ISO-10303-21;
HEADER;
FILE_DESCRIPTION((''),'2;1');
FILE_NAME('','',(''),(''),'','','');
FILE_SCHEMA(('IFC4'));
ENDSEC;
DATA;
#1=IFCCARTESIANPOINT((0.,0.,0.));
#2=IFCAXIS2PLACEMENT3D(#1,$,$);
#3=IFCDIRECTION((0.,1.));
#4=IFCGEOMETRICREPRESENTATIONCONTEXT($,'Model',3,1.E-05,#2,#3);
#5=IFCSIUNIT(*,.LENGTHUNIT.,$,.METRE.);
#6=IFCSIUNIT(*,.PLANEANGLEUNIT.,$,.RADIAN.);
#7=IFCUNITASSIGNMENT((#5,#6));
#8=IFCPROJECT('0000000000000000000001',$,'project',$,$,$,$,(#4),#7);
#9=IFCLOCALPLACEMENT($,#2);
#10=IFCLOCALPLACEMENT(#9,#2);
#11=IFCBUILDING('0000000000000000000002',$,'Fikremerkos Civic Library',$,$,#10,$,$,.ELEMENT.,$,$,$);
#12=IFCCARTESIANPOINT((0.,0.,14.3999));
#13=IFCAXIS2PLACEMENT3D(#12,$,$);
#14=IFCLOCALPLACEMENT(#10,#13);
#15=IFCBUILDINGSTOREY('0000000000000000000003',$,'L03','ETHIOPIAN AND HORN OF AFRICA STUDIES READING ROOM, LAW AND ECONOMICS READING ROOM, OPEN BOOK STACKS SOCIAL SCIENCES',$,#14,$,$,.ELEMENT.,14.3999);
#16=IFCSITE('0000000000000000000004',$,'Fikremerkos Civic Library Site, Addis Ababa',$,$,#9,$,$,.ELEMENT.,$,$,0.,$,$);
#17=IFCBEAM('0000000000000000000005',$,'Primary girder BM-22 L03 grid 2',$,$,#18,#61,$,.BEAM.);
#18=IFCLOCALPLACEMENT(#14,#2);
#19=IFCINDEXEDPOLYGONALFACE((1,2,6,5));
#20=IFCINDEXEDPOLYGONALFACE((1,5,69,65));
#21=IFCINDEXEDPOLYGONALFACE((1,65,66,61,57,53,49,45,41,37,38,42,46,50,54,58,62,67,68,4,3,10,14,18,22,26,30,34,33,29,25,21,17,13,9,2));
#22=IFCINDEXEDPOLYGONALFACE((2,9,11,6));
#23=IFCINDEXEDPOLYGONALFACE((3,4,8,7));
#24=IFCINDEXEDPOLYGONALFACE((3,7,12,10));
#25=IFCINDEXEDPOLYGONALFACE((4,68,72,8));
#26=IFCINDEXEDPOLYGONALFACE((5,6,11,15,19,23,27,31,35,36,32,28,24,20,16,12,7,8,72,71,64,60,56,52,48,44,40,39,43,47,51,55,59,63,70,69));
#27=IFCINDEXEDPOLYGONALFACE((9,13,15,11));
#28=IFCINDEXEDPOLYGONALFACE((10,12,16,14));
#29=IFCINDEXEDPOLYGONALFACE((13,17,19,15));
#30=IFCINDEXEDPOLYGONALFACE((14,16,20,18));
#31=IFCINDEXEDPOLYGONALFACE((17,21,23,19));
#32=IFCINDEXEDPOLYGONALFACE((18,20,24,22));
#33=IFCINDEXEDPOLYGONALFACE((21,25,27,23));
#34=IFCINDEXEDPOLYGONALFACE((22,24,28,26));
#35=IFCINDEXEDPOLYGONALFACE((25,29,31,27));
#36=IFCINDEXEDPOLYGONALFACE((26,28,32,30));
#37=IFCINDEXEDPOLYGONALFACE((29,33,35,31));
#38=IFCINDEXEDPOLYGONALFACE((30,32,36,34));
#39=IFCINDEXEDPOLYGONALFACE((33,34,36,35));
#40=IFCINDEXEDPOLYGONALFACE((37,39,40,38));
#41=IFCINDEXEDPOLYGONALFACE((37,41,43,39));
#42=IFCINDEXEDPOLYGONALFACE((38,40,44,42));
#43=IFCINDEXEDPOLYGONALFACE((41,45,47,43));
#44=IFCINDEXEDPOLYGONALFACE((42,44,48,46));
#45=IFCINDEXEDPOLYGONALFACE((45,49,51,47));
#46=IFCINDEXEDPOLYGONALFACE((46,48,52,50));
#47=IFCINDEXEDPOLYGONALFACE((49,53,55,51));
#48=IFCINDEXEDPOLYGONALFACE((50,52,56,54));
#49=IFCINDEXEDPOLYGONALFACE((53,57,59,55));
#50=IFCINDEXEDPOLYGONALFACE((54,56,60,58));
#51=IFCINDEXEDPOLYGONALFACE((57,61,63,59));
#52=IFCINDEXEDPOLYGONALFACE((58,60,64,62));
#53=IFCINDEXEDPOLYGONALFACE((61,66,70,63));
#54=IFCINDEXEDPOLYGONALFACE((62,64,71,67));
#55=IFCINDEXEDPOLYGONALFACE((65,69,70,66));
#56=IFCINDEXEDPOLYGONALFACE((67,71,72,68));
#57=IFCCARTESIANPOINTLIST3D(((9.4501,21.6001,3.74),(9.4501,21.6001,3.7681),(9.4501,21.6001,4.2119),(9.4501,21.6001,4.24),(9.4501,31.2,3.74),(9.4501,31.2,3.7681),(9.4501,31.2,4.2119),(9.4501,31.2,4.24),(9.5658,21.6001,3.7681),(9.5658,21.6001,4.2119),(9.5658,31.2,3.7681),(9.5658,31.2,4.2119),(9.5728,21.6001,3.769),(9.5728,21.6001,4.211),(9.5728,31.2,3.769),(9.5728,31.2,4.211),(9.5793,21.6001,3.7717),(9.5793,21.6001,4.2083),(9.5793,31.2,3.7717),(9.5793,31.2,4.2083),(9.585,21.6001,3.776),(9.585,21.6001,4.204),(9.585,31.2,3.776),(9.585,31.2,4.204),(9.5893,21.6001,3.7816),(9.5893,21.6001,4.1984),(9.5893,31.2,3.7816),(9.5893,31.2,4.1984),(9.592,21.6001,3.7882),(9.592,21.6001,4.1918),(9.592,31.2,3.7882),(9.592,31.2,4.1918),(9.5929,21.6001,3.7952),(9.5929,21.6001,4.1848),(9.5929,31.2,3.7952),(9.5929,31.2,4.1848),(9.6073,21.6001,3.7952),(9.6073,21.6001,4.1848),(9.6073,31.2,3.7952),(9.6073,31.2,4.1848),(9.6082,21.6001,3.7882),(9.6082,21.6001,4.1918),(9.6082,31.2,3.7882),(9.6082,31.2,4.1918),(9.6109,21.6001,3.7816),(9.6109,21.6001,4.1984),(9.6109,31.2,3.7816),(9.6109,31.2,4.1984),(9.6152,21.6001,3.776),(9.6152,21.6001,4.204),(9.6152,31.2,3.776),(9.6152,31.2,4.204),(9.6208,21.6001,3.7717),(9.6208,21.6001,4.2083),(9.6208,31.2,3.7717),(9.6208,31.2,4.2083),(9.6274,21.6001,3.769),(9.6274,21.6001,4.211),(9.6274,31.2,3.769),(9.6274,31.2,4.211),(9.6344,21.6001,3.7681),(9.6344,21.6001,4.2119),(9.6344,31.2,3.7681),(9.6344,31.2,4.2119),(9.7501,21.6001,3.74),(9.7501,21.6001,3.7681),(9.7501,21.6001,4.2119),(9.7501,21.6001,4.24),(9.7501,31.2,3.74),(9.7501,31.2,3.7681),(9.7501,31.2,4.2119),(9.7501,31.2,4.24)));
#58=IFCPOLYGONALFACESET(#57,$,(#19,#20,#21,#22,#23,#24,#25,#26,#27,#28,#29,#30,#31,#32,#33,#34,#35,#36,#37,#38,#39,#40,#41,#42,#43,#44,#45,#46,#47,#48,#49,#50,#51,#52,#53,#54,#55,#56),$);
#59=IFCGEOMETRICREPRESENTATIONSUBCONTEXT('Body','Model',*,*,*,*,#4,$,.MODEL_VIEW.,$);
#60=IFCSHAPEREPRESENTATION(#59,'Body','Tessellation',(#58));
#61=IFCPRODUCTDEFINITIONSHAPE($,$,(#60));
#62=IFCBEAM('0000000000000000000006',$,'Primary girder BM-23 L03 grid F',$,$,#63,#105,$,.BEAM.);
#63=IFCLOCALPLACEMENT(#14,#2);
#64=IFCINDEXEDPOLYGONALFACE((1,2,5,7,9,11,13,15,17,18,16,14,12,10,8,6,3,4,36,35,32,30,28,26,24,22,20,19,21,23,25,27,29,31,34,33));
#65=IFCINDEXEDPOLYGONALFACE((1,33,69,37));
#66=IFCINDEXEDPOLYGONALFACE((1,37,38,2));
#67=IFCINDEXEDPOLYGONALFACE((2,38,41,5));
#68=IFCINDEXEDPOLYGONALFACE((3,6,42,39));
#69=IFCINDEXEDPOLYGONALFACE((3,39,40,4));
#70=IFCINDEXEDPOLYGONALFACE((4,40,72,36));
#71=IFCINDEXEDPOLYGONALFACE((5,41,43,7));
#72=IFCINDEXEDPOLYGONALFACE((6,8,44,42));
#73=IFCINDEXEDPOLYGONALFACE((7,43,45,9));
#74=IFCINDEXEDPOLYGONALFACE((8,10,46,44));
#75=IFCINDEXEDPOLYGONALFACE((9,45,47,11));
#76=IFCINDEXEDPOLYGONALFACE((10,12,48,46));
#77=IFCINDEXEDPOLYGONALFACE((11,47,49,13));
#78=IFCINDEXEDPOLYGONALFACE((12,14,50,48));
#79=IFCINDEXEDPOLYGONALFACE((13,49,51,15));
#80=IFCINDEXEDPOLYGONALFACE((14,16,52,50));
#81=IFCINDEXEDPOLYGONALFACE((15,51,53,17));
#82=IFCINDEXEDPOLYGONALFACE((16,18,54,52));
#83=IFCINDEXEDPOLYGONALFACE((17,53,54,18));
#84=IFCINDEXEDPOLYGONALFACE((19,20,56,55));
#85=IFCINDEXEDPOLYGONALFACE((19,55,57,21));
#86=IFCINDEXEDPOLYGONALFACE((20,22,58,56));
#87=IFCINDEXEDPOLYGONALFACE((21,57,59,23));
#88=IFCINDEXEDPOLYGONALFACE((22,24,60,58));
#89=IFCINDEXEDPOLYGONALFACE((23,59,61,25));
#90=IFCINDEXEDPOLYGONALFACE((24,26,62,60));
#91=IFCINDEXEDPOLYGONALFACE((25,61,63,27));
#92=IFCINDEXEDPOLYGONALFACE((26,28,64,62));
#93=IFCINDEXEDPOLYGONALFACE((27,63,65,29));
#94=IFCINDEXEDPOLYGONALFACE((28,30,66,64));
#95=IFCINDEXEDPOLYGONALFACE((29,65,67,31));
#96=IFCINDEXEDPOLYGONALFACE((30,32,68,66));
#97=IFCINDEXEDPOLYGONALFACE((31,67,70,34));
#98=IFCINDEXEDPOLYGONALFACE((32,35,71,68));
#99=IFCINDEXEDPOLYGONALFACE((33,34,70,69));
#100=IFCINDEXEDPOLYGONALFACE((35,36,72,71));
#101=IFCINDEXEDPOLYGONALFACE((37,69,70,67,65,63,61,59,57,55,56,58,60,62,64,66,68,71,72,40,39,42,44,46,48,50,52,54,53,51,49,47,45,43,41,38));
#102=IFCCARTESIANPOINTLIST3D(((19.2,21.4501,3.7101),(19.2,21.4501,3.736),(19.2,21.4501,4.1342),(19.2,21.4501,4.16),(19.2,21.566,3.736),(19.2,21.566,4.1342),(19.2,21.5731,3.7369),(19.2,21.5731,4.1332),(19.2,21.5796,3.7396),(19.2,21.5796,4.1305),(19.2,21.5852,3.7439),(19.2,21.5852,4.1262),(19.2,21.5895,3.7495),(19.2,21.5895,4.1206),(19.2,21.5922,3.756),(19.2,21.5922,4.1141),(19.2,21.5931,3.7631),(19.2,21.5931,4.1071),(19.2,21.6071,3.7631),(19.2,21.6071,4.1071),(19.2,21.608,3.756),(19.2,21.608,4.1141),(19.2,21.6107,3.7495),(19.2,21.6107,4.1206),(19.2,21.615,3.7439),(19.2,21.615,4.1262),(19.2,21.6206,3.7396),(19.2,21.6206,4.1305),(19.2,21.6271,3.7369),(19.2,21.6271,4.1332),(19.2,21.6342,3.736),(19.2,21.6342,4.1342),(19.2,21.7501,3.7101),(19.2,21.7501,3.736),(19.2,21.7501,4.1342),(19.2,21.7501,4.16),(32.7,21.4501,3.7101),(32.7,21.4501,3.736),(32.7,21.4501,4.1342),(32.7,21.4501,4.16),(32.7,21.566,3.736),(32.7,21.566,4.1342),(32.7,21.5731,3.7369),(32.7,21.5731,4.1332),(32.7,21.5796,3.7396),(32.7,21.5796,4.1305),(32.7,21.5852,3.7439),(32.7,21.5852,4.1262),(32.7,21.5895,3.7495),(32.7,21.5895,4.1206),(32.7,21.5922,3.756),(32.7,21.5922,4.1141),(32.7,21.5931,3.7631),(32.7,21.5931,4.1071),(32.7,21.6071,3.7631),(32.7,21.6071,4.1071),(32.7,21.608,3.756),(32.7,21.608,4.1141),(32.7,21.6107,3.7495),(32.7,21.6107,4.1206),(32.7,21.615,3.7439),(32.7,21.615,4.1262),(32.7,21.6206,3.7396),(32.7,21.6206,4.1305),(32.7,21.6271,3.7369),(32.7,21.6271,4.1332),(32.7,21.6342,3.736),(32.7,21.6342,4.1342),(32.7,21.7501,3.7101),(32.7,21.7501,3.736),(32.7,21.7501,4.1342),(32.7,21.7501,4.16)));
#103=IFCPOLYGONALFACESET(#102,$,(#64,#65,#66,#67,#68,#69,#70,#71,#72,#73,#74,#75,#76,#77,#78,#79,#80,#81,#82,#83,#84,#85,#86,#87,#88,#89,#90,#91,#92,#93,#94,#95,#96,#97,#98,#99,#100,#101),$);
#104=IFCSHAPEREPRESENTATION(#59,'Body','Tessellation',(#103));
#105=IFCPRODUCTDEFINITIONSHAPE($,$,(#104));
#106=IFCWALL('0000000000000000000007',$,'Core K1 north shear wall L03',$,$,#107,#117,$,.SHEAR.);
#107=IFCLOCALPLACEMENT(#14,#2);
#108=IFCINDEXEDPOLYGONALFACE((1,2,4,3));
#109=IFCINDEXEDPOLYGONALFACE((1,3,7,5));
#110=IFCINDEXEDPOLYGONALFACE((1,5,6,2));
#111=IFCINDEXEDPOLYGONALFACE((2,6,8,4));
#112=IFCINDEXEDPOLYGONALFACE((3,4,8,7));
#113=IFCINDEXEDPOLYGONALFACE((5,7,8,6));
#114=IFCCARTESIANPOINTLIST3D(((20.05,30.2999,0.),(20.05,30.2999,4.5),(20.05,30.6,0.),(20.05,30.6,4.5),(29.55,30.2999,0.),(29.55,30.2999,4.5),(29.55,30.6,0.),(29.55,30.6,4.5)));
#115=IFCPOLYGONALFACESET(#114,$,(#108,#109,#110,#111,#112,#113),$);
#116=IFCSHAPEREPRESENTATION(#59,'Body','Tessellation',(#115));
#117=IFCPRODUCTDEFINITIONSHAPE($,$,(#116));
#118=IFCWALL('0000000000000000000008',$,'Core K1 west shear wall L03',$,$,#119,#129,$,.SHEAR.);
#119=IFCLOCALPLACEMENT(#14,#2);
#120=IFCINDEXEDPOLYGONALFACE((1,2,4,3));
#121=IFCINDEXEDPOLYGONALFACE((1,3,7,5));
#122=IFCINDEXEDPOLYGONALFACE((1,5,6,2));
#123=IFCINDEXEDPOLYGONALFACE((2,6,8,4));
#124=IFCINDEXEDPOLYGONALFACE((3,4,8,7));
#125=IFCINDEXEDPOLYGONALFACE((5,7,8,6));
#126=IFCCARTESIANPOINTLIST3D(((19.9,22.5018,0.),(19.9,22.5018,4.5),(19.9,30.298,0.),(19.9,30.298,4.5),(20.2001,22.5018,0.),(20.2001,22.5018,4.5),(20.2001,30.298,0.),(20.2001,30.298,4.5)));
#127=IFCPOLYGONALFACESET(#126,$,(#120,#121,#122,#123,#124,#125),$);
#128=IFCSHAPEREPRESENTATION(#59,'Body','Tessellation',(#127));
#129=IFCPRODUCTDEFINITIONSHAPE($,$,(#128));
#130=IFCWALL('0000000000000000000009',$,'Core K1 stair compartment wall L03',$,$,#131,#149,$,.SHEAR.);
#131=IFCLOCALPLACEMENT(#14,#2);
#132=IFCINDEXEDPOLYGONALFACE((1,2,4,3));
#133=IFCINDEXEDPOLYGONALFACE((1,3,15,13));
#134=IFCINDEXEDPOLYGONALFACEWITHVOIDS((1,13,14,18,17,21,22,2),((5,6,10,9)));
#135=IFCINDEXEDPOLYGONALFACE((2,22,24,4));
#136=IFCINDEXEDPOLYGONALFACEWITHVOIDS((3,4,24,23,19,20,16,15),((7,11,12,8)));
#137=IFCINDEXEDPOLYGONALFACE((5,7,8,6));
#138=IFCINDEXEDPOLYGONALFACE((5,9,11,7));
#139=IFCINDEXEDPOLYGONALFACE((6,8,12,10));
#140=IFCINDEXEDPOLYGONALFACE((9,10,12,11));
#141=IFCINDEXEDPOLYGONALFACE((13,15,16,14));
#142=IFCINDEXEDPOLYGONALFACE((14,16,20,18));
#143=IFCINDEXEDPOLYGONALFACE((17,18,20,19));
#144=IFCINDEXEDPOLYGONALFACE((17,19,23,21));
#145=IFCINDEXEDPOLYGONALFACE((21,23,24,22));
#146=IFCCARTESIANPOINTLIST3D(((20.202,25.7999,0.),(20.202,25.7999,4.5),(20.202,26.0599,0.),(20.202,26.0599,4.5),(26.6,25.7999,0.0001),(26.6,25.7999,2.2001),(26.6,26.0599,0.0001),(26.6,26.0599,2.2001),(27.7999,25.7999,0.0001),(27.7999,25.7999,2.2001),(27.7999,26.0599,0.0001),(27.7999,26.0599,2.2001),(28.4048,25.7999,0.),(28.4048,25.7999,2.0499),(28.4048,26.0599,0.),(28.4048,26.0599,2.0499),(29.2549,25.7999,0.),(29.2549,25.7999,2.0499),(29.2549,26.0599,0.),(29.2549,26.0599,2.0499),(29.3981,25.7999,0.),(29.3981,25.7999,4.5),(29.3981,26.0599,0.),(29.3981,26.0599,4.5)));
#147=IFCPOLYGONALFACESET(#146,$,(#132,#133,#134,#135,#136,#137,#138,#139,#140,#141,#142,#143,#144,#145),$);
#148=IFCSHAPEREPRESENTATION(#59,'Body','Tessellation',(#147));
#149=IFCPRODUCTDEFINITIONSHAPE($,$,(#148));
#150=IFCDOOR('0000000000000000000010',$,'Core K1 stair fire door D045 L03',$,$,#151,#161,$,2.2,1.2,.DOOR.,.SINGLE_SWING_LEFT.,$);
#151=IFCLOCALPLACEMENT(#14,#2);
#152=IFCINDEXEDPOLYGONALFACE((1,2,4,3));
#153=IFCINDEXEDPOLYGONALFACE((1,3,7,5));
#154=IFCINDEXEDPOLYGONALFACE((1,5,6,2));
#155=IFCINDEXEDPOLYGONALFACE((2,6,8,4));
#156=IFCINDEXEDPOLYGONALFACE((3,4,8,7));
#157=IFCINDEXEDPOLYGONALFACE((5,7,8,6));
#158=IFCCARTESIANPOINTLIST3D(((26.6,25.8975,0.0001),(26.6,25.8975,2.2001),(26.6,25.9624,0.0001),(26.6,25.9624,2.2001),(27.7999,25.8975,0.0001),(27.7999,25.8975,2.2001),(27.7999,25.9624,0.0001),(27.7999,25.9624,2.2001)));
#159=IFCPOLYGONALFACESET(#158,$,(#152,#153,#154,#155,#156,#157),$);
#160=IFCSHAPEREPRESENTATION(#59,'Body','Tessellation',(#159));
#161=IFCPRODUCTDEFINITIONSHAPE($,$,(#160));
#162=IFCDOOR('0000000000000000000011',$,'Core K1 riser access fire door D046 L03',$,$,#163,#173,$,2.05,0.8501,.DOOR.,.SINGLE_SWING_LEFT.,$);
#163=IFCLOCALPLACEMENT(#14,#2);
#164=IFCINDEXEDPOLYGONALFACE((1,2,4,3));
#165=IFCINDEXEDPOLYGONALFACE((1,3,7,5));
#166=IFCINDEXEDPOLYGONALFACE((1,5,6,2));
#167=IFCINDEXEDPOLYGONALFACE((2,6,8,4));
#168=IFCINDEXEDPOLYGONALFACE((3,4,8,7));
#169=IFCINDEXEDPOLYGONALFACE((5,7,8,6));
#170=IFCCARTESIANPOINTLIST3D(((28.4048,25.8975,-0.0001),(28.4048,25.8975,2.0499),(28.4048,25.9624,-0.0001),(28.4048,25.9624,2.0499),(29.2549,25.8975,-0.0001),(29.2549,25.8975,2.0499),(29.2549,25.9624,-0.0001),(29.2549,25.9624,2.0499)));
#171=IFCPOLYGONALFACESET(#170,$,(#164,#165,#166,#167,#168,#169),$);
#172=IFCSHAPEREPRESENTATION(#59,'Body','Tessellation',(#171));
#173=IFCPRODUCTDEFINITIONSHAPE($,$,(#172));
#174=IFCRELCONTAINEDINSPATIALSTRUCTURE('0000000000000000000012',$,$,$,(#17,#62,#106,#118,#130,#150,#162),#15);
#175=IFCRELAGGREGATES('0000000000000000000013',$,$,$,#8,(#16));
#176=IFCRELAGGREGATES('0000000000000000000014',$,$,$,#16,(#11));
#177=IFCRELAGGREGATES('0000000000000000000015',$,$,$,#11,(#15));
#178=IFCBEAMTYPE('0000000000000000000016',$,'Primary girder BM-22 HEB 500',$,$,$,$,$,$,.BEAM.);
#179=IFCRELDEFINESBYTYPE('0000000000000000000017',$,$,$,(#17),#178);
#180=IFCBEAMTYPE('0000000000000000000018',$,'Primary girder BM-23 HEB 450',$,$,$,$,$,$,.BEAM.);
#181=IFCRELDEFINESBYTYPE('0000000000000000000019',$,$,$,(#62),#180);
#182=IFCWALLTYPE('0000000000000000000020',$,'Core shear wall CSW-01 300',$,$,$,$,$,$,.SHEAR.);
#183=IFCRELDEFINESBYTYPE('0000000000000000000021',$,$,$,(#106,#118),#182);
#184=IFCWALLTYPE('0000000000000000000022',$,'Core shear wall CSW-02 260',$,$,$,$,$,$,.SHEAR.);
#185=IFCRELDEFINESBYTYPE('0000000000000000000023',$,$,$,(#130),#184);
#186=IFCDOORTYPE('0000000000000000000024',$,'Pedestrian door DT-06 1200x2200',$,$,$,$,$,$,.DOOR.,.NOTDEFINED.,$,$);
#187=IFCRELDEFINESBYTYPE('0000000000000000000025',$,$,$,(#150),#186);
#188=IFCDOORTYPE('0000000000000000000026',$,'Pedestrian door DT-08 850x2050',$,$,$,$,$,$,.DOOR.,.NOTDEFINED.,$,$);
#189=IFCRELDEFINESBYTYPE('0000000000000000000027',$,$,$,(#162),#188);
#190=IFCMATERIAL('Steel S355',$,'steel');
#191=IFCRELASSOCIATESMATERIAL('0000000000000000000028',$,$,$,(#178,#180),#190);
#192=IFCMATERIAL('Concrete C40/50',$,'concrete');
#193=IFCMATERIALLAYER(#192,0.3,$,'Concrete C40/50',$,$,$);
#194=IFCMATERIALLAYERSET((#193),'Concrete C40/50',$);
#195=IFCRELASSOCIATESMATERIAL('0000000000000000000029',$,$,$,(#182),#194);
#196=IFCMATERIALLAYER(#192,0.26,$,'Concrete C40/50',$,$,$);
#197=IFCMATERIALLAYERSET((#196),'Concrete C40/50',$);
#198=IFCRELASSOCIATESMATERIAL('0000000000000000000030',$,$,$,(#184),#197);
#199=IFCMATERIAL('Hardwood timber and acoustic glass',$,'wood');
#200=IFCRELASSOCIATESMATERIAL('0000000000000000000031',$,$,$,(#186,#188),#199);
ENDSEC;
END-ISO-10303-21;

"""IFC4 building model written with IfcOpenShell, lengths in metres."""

from ifc_helpers import new_model, si_unit, direction, frame, frame_2d, origin, origin_2d, place, context, subcontext, project, spatial, rectangle, i_section, extrude, material, layer, layer_set, material_profile, profile_set, type_object, element, fill, save


model = new_model("IFC4")

# Units and contexts
model_context = context("Model", 3, precision=1e-05, world=origin(), true_north=direction((0.0, 1.0)))
body_context = subcontext(model_context, "Body", "Model", "MODEL_VIEW")
ifc_project = project(units=[si_unit("LENGTHUNIT", "METRE"), si_unit("PLANEANGLEUNIT", "RADIAN")], contexts=[model_context])

# Site, building, storey
site_placement = place(None, origin())
site = spatial("IfcSite", under=ifc_project, at=site_placement, Name="Fikremerkos Civic Library Site, Addis Ababa", CompositionType="ELEMENT", RefElevation=0.0)
building_placement = place(site_placement, origin())
building = spatial("IfcBuilding", under=site, at=building_placement, Name="Fikremerkos Civic Library", CompositionType="ELEMENT")
storey_placement = place(building_placement, frame((0.0, 0.0, 14.3999)))
storey = spatial("IfcBuildingStorey", under=building, at=storey_placement, Name="L03", Description="ETHIOPIAN AND HORN OF AFRICA STUDIES READING ROOM, LAW AND ECONOMICS READING ROOM, OPEN BOOK STACKS SOCIAL SCIENCES", CompositionType="ELEMENT", Elevation=14.3999)

# Shared definitions
ifc_material_1 = material(Name="Concrete C40/50", Category="concrete")
ifc_material_2 = material(Name="Steel S355", Category="steel")

# Beams
ifc_material_profile_1 = material_profile(ifc_material_2, i_section(OverallWidth=0.3, OverallDepth=0.5, WebThickness=0.0144, FlangeThickness=0.0281, FilletRadius=0.0271, at=origin_2d()), Name="HEB 500")
ifc_profile_set_1 = profile_set([ifc_material_profile_1], Name="Steel S355")
beam_type_1 = type_object("IfcBeamType", Name="Primary girder BM-22 HEB 500", PredefinedType="BEAM", material=ifc_profile_set_1)
for number, where, z_axis, x_axis, name in (
    (1, (9.6001, 21.6001, 3.99), (0.0, 1.0, 0.0), (-1.0, 0.0, 0.0), "Primary girder BM-22 L03 grid 2"),
):
    element("IfcBeam", number, at=place(storey_placement, frame(where, z_axis=z_axis, x_axis=x_axis)), inside=storey, type_object=beam_type_1, Name=name, PredefinedType="BEAM", context=body_context, shape_type="SweptSolid", body=[
        extrude(i_section(OverallWidth=0.3, OverallDepth=0.5, WebThickness=0.0144, FlangeThickness=0.0281, FilletRadius=0.0271, at=origin_2d()), origin(), (0.0, 0.0, 1.0), 9.5999),
    ])
ifc_material_profile_2 = material_profile(ifc_material_2, i_section(OverallWidth=0.3, OverallDepth=0.45, WebThickness=0.0139, FlangeThickness=0.0259, FilletRadius=0.0271, at=origin_2d()), Name="HEB 450")
ifc_profile_set_2 = profile_set([ifc_material_profile_2], Name="Steel S355")
beam_type_2 = type_object("IfcBeamType", Name="Primary girder BM-23 HEB 450", PredefinedType="BEAM", material=ifc_profile_set_2)
beam_1_placement = place(storey_placement, frame((19.2, 21.6001, 3.9351), z_axis=(1.0, 0.0, 0.0), x_axis=(0.0, 1.0, 0.0)))
element("IfcBeam", 2, at=beam_1_placement, inside=storey, type_object=beam_type_2, Name="Primary girder BM-23 L03 grid F", PredefinedType="BEAM", context=body_context, shape_type="SweptSolid", body=[
    extrude(i_section(OverallWidth=0.3, OverallDepth=0.45, WebThickness=0.0139, FlangeThickness=0.0259, FilletRadius=0.0271, at=origin_2d()), origin(), (0.0, 0.0, 1.0), 13.5),
])

# Walls
ifc_layer_1 = layer(ifc_material_1, 0.3, Name="Concrete C40/50")
ifc_layer_set_1 = layer_set([ifc_layer_1], Name="Concrete C40/50")
wall_type_1 = type_object("IfcWallType", Name="Core shear wall CSW-01 300", PredefinedType="SHEAR", material=ifc_layer_set_1)
wall_1_placement = place(storey_placement, frame((20.05, 30.45, 0.0), z_axis=(0.0, 0.0, 1.0), x_axis=(1.0, 0.0, 0.0)))
element("IfcWall", 3, at=wall_1_placement, inside=storey, type_object=wall_type_1, Name="Core K1 north shear wall L03", PredefinedType="SHEAR", context=body_context, shape_type="SweptSolid", body=[
    extrude(rectangle(XDim=9.5, YDim=0.3, at=frame_2d((4.75, 0.0))), origin(), (0.0, 0.0, 1.0), 4.5),
])
wall_2_placement = place(storey_placement, frame((20.05, 22.502, 0.0), z_axis=(0.0, 0.0, 1.0), x_axis=(0.0, 1.0, 0.0)))
element("IfcWall", 4, at=wall_2_placement, inside=storey, type_object=wall_type_1, Name="Core K1 west shear wall L03", PredefinedType="SHEAR", context=body_context, shape_type="SweptSolid", body=[
    extrude(rectangle(XDim=7.7961, YDim=0.3, at=frame_2d((3.8979, 0.0))), origin(), (0.0, 0.0, 1.0), 4.5),
])

# Wall, openings, doors
ifc_layer_2 = layer(ifc_material_1, 0.26, Name="Concrete C40/50")
ifc_layer_set_2 = layer_set([ifc_layer_2], Name="Concrete C40/50")
wall_type_2 = type_object("IfcWallType", Name="Core shear wall CSW-02 260", PredefinedType="SHEAR", material=ifc_layer_set_2)
wall_3_placement = place(storey_placement, frame((20.2019, 25.9299, 0.0), z_axis=(0.0, 0.0, 1.0), x_axis=(1.0, 0.0, 0.0)))
wall_3 = element("IfcWall", 5, at=wall_3_placement, inside=storey, type_object=wall_type_2, Name="Core K1 stair compartment wall L03", PredefinedType="SHEAR", context=body_context, shape_type="SweptSolid", body=[
    extrude(rectangle(XDim=9.196, YDim=0.26, at=frame_2d((4.5981, 0.0))), origin(), (0.0, 0.0, 1.0), 4.5),
])
opening_1_placement = place(wall_3_placement, frame((6.3979, 0.0, 0.0)))
opening_1 = element("IfcOpeningElement", 6, at=opening_1_placement, cuts=wall_3, PredefinedType="OPENING", context=body_context, shape_type="SweptSolid", body=[
    extrude(rectangle(XDim=1.2, YDim=2.2, at=frame_2d((0.6001, 1.1001))), frame((0.0, 0.1399, 0.0), z_axis=(0.0, -1.0, 0.0), x_axis=(1.0, 0.0, 0.0)), (0.0, 0.0, 1.0), 0.28),
])
opening_2_placement = place(wall_3_placement, frame((8.2029, 0.0, 0.0)))
opening_2 = element("IfcOpeningElement", 7, at=opening_2_placement, cuts=wall_3, PredefinedType="OPENING", context=body_context, shape_type="SweptSolid", body=[
    extrude(rectangle(XDim=0.8501, YDim=2.05, at=frame_2d((0.425, 1.0249))), frame((0.0, 0.1399, 0.0), z_axis=(0.0, -1.0, 0.0), x_axis=(1.0, 0.0, 0.0)), (0.0, 0.0, 1.0), 0.28),
])
ifc_material_3 = material(Name="Hardwood timber and acoustic glass", Category="wood")
door_type_1 = type_object("IfcDoorType", Name="Pedestrian door DT-06 1200x2200", OperationType="NOTDEFINED", PredefinedType="DOOR", material=ifc_material_3)
door_1_placement = place(opening_1_placement, origin())
door_1 = element("IfcDoor", 8, at=door_1_placement, inside=storey, type_object=door_type_1, Name="Core K1 stair fire door D045 L03", OperationType="SINGLE_SWING_LEFT", OverallHeight=2.2, OverallWidth=1.2, PredefinedType="DOOR", context=body_context, shape_type="SweptSolid", body=[
    extrude(rectangle(XDim=1.2, YDim=2.2, at=frame_2d((0.6001, 1.1001))), frame((0.0, 0.0325, 0.0), z_axis=(0.0, -1.0, 0.0), x_axis=(1.0, 0.0, 0.0)), (0.0, 0.0, 1.0), 0.0649),
])
fill(opening_1, door_1)
door_type_2 = type_object("IfcDoorType", Name="Pedestrian door DT-08 850x2050", OperationType="NOTDEFINED", PredefinedType="DOOR", material=ifc_material_3)
door_2_placement = place(opening_2_placement, origin())
door_2 = element("IfcDoor", 9, at=door_2_placement, inside=storey, type_object=door_type_2, Name="Core K1 riser access fire door D046 L03", OperationType="SINGLE_SWING_LEFT", OverallHeight=2.05, OverallWidth=0.8501, PredefinedType="DOOR", context=body_context, shape_type="SweptSolid", body=[
    extrude(rectangle(XDim=0.8501, YDim=2.05, at=frame_2d((0.425, 1.0249))), frame((0.0, 0.0325, 0.0), z_axis=(0.0, -1.0, 0.0), x_axis=(1.0, 0.0, 0.0)), (0.0, 0.0, 1.0), 0.0649),
])
fill(opening_2, door_2)

save(model, "model.ifc")
